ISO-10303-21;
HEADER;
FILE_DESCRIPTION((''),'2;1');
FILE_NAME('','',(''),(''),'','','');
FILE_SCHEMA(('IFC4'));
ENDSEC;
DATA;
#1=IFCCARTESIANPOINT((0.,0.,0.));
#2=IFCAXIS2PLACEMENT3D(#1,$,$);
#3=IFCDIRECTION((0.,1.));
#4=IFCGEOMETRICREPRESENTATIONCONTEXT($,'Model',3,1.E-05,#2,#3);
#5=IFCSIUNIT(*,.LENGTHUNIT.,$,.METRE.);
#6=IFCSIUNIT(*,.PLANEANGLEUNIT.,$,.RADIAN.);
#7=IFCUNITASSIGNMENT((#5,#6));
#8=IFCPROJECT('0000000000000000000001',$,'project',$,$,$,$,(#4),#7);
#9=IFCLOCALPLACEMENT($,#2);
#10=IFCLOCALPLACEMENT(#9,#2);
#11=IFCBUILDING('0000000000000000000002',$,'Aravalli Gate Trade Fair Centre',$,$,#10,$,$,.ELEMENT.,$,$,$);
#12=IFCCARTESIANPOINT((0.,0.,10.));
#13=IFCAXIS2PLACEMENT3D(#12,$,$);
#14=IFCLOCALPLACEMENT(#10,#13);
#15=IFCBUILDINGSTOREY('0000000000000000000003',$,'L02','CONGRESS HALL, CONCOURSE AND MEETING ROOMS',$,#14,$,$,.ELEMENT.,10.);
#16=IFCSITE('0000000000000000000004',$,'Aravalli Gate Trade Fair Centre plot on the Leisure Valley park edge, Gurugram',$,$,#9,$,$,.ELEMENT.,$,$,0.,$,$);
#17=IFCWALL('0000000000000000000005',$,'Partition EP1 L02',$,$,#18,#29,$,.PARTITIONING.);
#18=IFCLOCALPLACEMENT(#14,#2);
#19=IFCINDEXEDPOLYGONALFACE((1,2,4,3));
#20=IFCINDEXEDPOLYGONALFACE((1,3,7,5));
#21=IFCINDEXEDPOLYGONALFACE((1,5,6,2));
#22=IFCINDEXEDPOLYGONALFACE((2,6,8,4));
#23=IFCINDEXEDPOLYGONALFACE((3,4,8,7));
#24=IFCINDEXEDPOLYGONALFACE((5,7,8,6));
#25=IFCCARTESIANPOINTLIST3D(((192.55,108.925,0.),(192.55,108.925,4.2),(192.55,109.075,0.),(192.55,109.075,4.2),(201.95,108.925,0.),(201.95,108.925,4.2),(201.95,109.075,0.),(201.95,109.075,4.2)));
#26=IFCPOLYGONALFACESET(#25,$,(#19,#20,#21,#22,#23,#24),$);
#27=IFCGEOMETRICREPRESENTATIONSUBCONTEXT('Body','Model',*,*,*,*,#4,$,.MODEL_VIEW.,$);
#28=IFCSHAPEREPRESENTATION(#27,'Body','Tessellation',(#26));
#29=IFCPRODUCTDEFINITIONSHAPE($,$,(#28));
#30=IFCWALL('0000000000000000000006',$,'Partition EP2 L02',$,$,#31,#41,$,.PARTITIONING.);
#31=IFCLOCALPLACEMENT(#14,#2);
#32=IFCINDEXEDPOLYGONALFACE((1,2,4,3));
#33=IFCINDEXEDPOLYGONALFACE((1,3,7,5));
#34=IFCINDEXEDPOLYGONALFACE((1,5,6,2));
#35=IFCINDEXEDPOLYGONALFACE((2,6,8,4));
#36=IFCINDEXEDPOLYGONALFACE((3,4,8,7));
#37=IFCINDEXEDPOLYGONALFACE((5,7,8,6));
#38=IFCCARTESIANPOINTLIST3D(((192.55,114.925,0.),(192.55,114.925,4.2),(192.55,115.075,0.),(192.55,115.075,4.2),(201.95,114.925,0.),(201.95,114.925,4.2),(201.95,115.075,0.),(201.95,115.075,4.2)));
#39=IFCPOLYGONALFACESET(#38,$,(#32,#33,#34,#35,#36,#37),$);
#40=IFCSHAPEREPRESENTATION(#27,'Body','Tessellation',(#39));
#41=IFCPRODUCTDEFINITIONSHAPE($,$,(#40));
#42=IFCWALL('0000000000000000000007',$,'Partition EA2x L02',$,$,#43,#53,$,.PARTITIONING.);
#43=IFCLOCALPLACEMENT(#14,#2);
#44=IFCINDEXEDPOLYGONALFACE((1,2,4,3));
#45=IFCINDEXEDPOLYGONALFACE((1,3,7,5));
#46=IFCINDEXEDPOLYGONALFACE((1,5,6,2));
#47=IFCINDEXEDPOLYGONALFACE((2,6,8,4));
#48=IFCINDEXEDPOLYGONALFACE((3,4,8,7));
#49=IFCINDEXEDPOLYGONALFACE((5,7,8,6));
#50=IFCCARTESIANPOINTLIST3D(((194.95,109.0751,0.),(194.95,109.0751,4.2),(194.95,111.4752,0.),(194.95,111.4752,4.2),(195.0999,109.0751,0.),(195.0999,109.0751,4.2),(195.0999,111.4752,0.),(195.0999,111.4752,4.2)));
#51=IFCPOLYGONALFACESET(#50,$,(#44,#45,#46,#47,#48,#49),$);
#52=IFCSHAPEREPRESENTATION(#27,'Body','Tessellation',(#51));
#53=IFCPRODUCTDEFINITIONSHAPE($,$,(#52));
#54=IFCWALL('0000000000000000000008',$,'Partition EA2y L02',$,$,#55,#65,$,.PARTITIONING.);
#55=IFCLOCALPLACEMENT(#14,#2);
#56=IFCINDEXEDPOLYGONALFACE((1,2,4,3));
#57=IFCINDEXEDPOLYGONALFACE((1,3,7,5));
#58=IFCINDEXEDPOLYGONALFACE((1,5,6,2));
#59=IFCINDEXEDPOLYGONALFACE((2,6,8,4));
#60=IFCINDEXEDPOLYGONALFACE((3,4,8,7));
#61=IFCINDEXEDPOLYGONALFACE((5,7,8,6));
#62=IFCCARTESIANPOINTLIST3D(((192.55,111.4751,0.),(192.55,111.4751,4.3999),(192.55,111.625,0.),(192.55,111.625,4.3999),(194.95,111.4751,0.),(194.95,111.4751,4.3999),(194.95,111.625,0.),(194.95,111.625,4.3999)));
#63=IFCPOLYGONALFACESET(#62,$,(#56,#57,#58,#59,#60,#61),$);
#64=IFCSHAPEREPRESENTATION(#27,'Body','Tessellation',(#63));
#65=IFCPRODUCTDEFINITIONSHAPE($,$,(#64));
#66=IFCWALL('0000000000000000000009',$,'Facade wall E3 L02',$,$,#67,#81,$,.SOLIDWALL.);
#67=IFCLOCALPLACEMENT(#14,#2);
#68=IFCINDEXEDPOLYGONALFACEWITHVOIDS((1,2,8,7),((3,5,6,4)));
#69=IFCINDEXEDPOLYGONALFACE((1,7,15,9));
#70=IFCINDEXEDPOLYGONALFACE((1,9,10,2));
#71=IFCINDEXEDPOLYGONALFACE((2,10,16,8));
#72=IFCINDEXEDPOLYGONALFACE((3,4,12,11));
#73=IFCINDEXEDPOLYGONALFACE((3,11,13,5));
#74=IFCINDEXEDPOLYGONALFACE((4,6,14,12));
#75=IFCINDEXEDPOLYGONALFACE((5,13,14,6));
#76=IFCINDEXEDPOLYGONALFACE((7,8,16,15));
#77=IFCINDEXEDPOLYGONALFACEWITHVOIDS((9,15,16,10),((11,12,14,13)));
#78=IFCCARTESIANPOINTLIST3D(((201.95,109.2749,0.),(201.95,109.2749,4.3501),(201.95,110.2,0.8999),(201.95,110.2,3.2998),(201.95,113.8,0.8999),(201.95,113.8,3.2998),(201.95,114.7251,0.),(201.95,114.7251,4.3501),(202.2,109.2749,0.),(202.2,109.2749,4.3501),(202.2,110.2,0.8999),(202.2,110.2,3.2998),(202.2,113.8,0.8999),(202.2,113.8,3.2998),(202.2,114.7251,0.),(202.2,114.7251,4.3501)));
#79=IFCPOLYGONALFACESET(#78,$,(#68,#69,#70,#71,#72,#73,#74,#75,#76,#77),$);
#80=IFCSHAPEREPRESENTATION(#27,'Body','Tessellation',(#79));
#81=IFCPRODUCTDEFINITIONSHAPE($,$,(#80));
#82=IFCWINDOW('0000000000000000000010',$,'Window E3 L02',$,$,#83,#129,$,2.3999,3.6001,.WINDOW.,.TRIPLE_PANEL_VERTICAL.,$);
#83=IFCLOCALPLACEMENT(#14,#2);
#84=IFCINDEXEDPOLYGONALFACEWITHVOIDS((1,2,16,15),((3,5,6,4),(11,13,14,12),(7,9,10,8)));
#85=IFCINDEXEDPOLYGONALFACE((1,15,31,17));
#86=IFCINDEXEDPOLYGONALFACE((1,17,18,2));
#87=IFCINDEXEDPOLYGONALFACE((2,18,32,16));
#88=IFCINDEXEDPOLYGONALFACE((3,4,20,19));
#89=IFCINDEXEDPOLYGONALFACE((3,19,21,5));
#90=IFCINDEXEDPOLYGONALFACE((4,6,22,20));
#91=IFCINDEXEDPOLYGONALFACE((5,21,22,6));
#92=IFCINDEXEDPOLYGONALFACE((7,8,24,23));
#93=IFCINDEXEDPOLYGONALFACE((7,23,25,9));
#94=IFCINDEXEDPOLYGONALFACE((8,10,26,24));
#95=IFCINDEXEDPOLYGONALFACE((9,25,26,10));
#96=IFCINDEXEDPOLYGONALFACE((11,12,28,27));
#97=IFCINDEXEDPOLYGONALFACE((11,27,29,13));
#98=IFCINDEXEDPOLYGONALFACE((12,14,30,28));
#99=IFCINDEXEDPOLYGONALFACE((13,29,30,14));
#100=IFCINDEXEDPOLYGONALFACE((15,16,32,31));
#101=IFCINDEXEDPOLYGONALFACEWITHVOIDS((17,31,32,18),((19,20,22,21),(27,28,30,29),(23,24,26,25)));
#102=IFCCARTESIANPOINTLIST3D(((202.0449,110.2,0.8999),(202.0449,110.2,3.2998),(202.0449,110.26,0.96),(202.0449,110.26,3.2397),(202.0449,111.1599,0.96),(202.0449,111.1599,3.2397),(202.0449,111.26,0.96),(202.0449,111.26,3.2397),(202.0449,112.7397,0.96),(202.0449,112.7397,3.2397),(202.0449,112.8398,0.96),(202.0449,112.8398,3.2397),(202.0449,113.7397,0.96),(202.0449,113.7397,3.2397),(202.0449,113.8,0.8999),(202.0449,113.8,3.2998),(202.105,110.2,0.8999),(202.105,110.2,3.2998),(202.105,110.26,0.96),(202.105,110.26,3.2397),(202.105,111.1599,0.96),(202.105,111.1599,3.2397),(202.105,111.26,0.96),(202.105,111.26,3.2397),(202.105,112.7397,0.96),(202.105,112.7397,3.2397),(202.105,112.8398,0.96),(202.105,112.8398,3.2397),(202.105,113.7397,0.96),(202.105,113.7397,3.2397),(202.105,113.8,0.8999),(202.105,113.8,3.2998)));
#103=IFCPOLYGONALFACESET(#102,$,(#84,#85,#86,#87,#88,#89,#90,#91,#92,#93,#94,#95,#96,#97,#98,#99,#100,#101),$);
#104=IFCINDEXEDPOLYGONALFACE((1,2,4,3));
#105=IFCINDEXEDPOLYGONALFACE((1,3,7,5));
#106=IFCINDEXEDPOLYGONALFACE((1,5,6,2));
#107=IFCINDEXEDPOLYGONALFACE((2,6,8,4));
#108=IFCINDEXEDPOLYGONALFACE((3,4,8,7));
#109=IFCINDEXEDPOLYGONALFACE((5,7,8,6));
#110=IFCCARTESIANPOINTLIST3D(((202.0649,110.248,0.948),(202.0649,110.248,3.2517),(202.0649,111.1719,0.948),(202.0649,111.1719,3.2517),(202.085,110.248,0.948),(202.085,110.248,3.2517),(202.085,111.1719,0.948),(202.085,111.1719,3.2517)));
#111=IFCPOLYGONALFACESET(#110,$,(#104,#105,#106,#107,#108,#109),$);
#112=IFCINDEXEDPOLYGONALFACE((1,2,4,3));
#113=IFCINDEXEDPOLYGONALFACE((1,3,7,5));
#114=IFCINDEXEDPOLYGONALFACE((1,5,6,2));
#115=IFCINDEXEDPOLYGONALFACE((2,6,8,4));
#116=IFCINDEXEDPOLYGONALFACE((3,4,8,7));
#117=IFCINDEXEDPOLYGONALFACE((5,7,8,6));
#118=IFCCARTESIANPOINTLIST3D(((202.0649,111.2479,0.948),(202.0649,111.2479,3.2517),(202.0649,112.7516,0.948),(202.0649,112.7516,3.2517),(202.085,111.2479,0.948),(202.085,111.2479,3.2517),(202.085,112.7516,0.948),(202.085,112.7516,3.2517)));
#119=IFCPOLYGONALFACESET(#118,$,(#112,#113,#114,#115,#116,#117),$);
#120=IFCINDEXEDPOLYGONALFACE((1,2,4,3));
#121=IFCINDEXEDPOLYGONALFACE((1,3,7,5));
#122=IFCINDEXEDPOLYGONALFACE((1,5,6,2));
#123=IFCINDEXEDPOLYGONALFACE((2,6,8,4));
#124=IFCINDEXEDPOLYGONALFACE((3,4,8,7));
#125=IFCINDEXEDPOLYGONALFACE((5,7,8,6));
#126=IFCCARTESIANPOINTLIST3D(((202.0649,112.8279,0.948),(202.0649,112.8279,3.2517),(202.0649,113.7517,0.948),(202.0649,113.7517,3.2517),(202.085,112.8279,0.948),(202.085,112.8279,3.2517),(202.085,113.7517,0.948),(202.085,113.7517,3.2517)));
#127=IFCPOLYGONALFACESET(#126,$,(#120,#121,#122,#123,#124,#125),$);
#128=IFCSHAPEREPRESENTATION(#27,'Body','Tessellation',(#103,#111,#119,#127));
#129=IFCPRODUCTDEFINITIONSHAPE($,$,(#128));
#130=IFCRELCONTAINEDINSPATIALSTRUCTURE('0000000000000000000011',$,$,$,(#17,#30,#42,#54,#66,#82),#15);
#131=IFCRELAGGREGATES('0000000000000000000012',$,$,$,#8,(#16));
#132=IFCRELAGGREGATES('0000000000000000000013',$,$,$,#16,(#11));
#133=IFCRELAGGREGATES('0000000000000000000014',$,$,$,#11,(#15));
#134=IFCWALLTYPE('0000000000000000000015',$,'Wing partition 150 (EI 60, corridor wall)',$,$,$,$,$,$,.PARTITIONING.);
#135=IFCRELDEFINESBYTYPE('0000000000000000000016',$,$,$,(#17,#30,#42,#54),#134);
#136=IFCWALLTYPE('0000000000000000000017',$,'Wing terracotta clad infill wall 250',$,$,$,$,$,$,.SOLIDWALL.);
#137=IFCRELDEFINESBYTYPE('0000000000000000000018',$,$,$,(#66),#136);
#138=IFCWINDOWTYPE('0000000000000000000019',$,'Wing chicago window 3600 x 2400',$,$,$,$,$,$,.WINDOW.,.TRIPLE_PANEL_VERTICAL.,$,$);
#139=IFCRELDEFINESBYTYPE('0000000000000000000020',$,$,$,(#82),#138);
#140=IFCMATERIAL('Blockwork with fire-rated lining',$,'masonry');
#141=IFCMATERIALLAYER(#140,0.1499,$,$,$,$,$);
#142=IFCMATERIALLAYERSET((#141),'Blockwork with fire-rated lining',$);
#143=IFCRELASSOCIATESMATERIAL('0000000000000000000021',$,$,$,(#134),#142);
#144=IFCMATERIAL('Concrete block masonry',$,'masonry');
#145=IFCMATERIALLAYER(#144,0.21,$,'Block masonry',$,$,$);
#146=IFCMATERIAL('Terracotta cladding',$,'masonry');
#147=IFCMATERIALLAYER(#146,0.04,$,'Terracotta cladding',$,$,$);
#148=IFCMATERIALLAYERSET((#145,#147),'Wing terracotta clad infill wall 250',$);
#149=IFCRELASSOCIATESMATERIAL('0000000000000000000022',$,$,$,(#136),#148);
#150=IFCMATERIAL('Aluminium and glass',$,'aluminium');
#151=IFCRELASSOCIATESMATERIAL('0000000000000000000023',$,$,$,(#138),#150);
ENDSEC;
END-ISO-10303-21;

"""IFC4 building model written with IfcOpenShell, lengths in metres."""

from ifc_helpers import new_model, si_unit, direction, frame, frame_2d, origin, place, context, subcontext, project, spatial, polyline, rectangle, outline, extrude, material, layer, layer_set, type_object, element, fill, save


model = new_model("IFC4")

# Units and contexts
model_context = context("Model", 3, precision=1e-05, world=origin(), true_north=direction((0.0, 1.0)))
body_context = subcontext(model_context, "Body", "Model", "MODEL_VIEW")
ifc_project = project(units=[si_unit("LENGTHUNIT", "METRE"), si_unit("PLANEANGLEUNIT", "RADIAN")], contexts=[model_context])

# Site, building, storey
site_placement = place(None, origin())
site = spatial("IfcSite", under=ifc_project, at=site_placement, Name="Aravalli Gate Trade Fair Centre plot on the Leisure Valley park edge, Gurugram", CompositionType="ELEMENT", RefElevation=0.0)
building_placement = place(site_placement, origin())
building = spatial("IfcBuilding", under=site, at=building_placement, Name="Aravalli Gate Trade Fair Centre", CompositionType="ELEMENT")
storey_placement = place(building_placement, frame((0.0, 0.0, 10.0)))
storey = spatial("IfcBuildingStorey", under=building, at=storey_placement, Name="L02", Description="CONGRESS HALL, CONCOURSE AND MEETING ROOMS", CompositionType="ELEMENT", Elevation=10.0)

# Walls
ifc_material_1 = material(Name="Blockwork with fire-rated lining", Category="masonry")
ifc_layer_1 = layer(ifc_material_1, 0.1499)
ifc_layer_set_1 = layer_set([ifc_layer_1], Name="Blockwork with fire-rated lining")
wall_type_1 = type_object("IfcWallType", Name="Wing partition 150 (EI 60, corridor wall)", PredefinedType="PARTITIONING", material=ifc_layer_set_1)
for number, where, z_axis, x_axis, name in (
    (1, (192.55, 109.0, 0.0), (0.0, 0.0, 1.0), (1.0, 0.0, 0.0), "Partition EP1 L02"),
    (2, (192.55, 115.0, 0.0), (0.0, 0.0, 1.0), (1.0, 0.0, 0.0), "Partition EP2 L02"),
):
    element("IfcWall", number, at=place(storey_placement, frame(where, z_axis=z_axis, x_axis=x_axis)), inside=storey, type_object=wall_type_1, Name=name, PredefinedType="PARTITIONING", context=body_context, shape_type="SweptSolid", body=[
        extrude(rectangle(XDim=9.3999, YDim=0.1499, at=frame_2d((4.7, 0.0))), origin(), (0.0, 0.0, 1.0), 4.2),
    ])
wall_1_placement = place(storey_placement, frame((195.0249, 109.075, 0.0), z_axis=(0.0, 0.0, 1.0), x_axis=(0.0, 1.0, 0.0)))
element("IfcWall", 3, at=wall_1_placement, inside=storey, type_object=wall_type_1, Name="Partition EA2x L02", PredefinedType="PARTITIONING", context=body_context, shape_type="SweptSolid", body=[
    extrude(rectangle(XDim=2.4001, YDim=0.1499, at=frame_2d((1.2002, 0.0))), origin(), (0.0, 0.0, 1.0), 4.2),
])
wall_2_placement = place(storey_placement, frame((192.55, 111.55, 0.0), z_axis=(0.0, 0.0, 1.0), x_axis=(1.0, 0.0, 0.0)))
element("IfcWall", 4, at=wall_2_placement, inside=storey, type_object=wall_type_1, Name="Partition EA2y L02", PredefinedType="PARTITIONING", context=body_context, shape_type="SweptSolid", body=[
    extrude(rectangle(XDim=2.3999, YDim=0.1499, at=frame_2d((1.2, 0.0))), origin(), (0.0, 0.0, 1.0), 4.3999),
])

# Wall, opening, window
ifc_material_2 = material(Name="Concrete block masonry", Category="masonry")
ifc_layer_2 = layer(ifc_material_2, 0.21, Name="Block masonry")
ifc_material_3 = material(Name="Terracotta cladding", Category="masonry")
ifc_layer_3 = layer(ifc_material_3, 0.04, Name="Terracotta cladding")
ifc_layer_set_2 = layer_set([ifc_layer_2, ifc_layer_3], Name="Wing terracotta clad infill wall 250")
wall_type_2 = type_object("IfcWallType", Name="Wing terracotta clad infill wall 250", PredefinedType="SOLIDWALL", material=ifc_layer_set_2)
wall_3_placement = place(storey_placement, frame((202.075, 109.2749, 0.0), z_axis=(0.0, 0.0, 1.0), x_axis=(0.0, 1.0, 0.0)))
wall_3 = element("IfcWall", 5, at=wall_3_placement, inside=storey, type_object=wall_type_2, Name="Facade wall E3 L02", PredefinedType="SOLIDWALL", context=body_context, shape_type="SweptSolid", body=[
    extrude(rectangle(XDim=5.4502, YDim=0.25, at=frame_2d((2.7251, 0.0))), origin(), (0.0, 0.0, 1.0), 4.3501),
])
opening_1_placement = place(wall_3_placement, frame((0.925, 0.0, 0.8999)))
opening_1 = element("IfcOpeningElement", 6, at=opening_1_placement, cuts=wall_3, PredefinedType="OPENING", context=body_context, shape_type="SweptSolid", body=[
    extrude(rectangle(XDim=3.6001, YDim=2.3999, at=frame_2d((1.8, 1.2))), frame((0.0, 0.135, 0.0), z_axis=(0.0, -1.0, 0.0), x_axis=(1.0, 0.0, 0.0)), (0.0, 0.0, 1.0), 0.27),
])
ifc_material_4 = material(Name="Aluminium and glass", Category="aluminium")
window_type = type_object("IfcWindowType", Name="Wing chicago window 3600 x 2400", PartitioningType="TRIPLE_PANEL_VERTICAL", PredefinedType="WINDOW", material=ifc_material_4)
window_1_placement = place(opening_1_placement, origin())
window_1 = element("IfcWindow", 7, at=window_1_placement, inside=storey, type_object=window_type, Name="Window E3 L02", OverallHeight=2.3999, OverallWidth=3.6001, PartitioningType="TRIPLE_PANEL_VERTICAL", PredefinedType="WINDOW", context=body_context, shape_type="SweptSolid", body=[
    extrude(outline(polyline([(0.0, 0.0), (3.6001, 0.0), (3.6001, 2.3999), (0.0, 2.3999), (0.0, 0.0)]), holes=[polyline([(0.0601, 0.0601), (0.96, 0.0601), (0.96, 2.3398), (0.0601, 2.3398), (0.0601, 0.0601)]), polyline([(1.0601, 0.0601), (2.5398, 0.0601), (2.5398, 2.3398), (1.0601, 2.3398), (1.0601, 0.0601)]), polyline([(2.6399, 0.0601), (3.5398, 0.0601), (3.5398, 2.3398), (2.6399, 2.3398), (2.6399, 0.0601)])]), frame((0.0, 0.03, 0.0), z_axis=(0.0, -1.0, 0.0), x_axis=(1.0, 0.0, 0.0)), (0.0, 0.0, 1.0), 0.0601),
    extrude(rectangle(XDim=0.9238, YDim=2.3037, at=frame_2d((0.51, 1.2))), frame((0.0, 0.01, 0.0), z_axis=(0.0, -1.0, 0.0), x_axis=(1.0, 0.0, 0.0)), (0.0, 0.0, 1.0), 0.02),
    extrude(rectangle(XDim=1.5037, YDim=2.3037, at=frame_2d((1.7998, 1.2))), frame((0.0, 0.01, 0.0), z_axis=(0.0, -1.0, 0.0), x_axis=(1.0, 0.0, 0.0)), (0.0, 0.0, 1.0), 0.02),
    extrude(rectangle(XDim=0.9238, YDim=2.3037, at=frame_2d((3.0898, 1.2))), frame((0.0, 0.01, 0.0), z_axis=(0.0, -1.0, 0.0), x_axis=(1.0, 0.0, 0.0)), (0.0, 0.0, 1.0), 0.02),
])
fill(opening_1, window_1)

save(model, "model.ifc")
